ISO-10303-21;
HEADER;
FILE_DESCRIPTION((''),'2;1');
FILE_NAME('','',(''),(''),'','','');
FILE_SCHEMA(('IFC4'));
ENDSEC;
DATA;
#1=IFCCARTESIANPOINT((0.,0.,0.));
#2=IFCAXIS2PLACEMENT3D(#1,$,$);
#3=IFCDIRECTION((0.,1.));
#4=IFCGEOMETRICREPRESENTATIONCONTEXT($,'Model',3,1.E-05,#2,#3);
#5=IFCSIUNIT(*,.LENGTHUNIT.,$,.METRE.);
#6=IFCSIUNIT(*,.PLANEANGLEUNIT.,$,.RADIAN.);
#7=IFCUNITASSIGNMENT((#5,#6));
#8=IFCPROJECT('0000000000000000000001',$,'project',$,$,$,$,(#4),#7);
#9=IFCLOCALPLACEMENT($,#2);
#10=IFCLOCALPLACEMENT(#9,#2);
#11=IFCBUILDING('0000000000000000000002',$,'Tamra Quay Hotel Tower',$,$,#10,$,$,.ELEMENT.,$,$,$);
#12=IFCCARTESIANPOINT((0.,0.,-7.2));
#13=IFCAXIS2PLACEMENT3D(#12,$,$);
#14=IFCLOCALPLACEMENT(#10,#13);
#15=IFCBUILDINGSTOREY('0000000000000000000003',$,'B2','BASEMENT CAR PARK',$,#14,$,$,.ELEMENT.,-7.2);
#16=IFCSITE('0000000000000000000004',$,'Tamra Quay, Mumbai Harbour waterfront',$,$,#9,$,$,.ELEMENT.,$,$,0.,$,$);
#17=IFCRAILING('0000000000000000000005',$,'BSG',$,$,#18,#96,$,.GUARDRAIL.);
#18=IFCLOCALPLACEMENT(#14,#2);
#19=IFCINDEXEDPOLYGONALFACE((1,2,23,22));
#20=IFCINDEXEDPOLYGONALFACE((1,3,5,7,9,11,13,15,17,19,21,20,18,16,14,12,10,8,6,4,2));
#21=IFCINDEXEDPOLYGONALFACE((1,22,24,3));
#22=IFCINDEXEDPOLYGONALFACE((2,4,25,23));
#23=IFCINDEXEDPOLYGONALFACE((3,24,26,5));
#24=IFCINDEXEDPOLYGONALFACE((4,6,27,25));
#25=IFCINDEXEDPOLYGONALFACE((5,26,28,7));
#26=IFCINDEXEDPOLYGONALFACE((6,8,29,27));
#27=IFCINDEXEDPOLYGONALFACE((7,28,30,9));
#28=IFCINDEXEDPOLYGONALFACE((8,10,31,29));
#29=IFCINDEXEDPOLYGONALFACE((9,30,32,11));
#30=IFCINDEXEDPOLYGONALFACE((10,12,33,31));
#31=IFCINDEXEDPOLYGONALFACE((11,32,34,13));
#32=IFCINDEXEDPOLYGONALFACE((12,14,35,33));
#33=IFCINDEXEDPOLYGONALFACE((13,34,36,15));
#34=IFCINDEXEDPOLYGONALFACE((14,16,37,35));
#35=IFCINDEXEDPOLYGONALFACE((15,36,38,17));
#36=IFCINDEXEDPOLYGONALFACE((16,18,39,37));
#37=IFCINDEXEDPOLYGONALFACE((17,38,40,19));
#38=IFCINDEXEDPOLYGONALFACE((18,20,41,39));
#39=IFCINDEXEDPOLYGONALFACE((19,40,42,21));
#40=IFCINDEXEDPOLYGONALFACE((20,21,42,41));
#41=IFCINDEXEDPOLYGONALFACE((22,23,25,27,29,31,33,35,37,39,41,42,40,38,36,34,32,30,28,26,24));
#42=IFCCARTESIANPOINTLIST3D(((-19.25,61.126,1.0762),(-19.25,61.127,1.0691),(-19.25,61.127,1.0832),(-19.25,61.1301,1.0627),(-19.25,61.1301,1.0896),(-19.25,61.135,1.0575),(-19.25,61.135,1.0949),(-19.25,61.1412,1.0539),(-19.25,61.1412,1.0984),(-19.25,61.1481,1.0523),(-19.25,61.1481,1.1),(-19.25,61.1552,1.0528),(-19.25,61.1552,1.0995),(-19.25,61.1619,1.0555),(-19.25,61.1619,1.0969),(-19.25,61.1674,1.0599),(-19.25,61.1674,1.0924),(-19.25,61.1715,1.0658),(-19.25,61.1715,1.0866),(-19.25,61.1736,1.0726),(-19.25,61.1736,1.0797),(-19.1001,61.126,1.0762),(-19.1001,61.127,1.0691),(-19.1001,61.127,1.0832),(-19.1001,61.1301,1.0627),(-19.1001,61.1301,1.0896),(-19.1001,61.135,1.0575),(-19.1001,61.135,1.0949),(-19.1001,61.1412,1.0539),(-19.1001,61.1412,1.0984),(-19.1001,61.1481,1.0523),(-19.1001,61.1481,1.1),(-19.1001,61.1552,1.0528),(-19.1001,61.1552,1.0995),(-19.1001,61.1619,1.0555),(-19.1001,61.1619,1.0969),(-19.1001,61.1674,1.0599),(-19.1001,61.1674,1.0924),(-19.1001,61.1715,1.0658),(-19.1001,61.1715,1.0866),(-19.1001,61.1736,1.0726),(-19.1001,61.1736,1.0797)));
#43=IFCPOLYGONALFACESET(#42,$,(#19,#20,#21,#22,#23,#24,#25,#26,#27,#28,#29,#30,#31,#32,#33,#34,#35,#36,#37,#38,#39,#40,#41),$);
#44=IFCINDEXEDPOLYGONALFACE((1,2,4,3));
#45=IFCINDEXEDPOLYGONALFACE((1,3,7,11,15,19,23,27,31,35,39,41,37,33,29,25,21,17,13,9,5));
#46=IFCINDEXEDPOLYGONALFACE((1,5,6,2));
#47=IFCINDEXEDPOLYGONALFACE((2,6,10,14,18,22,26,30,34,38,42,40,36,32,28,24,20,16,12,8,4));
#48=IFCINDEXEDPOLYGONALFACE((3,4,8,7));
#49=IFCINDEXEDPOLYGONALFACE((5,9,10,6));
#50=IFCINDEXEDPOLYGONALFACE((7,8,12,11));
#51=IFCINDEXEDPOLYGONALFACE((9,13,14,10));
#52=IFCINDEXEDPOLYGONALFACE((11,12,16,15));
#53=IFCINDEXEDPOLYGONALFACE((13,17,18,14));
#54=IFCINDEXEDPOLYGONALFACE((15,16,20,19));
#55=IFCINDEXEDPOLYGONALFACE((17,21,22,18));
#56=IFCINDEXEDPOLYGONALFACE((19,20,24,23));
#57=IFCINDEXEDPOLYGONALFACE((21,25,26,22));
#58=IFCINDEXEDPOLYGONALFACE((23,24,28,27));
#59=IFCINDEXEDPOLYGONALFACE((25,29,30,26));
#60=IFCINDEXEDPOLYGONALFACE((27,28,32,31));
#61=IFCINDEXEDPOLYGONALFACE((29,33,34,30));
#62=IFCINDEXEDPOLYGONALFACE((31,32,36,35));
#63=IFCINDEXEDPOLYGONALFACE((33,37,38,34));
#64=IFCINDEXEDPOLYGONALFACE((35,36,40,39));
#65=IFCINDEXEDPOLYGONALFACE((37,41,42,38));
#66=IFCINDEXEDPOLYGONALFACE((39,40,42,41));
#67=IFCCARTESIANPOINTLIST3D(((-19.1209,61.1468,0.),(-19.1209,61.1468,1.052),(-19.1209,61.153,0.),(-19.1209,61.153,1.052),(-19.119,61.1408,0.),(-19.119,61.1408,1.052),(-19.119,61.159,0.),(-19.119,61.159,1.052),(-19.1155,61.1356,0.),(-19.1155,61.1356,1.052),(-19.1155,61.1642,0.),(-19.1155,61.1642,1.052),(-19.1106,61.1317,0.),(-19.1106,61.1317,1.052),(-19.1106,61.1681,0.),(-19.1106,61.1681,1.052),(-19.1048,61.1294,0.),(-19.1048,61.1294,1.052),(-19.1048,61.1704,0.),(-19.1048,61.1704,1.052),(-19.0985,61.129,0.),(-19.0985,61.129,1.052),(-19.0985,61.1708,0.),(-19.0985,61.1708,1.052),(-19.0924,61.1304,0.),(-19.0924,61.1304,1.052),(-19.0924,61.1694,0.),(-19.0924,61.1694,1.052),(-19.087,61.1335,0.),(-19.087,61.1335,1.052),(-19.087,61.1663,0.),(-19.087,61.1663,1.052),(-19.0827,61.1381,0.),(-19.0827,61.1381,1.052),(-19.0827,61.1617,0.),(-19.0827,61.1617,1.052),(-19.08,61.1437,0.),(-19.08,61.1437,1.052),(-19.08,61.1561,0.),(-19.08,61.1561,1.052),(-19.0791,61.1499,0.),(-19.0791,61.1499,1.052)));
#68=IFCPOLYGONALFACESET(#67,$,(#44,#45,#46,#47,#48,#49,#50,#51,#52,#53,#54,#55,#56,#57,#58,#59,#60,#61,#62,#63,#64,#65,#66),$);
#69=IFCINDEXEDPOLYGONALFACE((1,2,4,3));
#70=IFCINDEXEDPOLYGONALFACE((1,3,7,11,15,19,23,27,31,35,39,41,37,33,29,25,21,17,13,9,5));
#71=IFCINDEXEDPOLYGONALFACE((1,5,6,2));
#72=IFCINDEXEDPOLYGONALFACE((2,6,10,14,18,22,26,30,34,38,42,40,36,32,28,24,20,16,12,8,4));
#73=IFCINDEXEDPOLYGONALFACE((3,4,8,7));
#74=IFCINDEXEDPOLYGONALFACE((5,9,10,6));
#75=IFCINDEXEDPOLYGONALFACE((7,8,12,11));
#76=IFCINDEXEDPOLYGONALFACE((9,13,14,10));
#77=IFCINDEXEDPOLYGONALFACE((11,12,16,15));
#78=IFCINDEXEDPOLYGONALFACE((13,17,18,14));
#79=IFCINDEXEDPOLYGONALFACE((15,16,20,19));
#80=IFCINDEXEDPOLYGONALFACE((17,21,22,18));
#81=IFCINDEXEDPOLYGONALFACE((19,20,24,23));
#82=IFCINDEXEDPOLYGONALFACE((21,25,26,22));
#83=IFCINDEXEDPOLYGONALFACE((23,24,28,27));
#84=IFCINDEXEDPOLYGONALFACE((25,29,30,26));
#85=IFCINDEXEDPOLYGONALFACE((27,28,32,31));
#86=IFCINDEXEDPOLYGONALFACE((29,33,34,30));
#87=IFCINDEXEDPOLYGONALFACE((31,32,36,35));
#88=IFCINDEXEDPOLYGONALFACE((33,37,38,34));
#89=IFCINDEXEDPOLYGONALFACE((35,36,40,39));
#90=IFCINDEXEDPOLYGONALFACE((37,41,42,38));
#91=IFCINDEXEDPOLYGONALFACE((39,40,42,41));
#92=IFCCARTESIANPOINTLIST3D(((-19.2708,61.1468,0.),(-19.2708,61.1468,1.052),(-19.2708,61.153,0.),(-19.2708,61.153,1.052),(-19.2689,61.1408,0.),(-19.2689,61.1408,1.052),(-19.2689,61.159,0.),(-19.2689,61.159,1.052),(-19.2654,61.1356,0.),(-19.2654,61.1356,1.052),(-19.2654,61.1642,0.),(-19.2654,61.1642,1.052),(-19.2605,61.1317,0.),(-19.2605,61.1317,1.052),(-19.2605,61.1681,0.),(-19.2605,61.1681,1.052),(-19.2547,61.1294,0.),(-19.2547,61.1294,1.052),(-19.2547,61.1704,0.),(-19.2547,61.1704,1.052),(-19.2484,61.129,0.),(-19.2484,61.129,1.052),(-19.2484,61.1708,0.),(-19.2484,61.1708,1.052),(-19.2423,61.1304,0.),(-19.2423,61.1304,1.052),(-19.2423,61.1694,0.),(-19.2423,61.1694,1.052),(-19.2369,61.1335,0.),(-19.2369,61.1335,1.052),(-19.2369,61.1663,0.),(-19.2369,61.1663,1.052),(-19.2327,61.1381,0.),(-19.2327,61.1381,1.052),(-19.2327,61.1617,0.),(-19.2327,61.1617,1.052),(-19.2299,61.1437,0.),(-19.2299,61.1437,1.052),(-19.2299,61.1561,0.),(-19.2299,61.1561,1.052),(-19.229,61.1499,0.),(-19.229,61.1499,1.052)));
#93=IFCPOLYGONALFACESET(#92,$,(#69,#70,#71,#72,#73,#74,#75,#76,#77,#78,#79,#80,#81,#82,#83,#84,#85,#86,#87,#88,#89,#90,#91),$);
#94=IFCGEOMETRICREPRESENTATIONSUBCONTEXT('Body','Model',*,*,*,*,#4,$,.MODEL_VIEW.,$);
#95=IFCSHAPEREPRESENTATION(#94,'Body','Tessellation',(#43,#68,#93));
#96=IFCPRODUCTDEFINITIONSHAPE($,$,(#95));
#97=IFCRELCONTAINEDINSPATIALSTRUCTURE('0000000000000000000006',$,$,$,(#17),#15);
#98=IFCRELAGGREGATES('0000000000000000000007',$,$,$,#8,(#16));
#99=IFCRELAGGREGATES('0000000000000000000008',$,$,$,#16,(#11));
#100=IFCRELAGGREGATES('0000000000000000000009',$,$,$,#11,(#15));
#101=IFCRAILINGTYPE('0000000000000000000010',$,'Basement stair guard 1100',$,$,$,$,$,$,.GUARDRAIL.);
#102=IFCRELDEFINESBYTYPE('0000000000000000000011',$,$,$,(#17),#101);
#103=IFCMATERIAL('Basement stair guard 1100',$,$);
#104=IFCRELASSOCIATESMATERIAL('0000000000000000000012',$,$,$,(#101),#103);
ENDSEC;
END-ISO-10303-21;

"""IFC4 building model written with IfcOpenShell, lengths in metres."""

from ifc_helpers import new_model, si_unit, direction, frame, origin, origin_2d, place, context, subcontext, project, spatial, circle, extrude, material, type_object, element, save


model = new_model("IFC4")

# Units and contexts
model_context = context("Model", 3, precision=1e-05, world=origin(), true_north=direction((0.0, 1.0)))
body_context = subcontext(model_context, "Body", "Model", "MODEL_VIEW")
ifc_project = project(units=[si_unit("LENGTHUNIT", "METRE"), si_unit("PLANEANGLEUNIT", "RADIAN")], contexts=[model_context])

# Site, building, storey
site_placement = place(None, origin())
site = spatial("IfcSite", under=ifc_project, at=site_placement, Name="Tamra Quay, Mumbai Harbour waterfront", CompositionType="ELEMENT", RefElevation=0.0)
building_placement = place(site_placement, origin())
building = spatial("IfcBuilding", under=site, at=building_placement, Name="Tamra Quay Hotel Tower", CompositionType="ELEMENT")
storey_placement = place(building_placement, frame((0.0, 0.0, -7.2)))
storey = spatial("IfcBuildingStorey", under=building, at=storey_placement, Name="B2", Description="BASEMENT CAR PARK", CompositionType="ELEMENT", Elevation=-7.2)

# Railing
ifc_material_1 = material(Name="Basement stair guard 1100")
railing_type_1 = type_object("IfcRailingType", Name="Basement stair guard 1100", PredefinedType="GUARDRAIL", material=ifc_material_1)
railing_1_placement = place(storey_placement, frame((-19.1001, 61.1499, 0.0)))
element("IfcRailing", 1, at=railing_1_placement, inside=storey, type_object=railing_type_1, Name="BSG", PredefinedType="GUARDRAIL", context=body_context, shape_type="SweptSolid", body=[
    extrude(circle(Radius=0.0239, at=origin_2d()), frame((0.0, 0.0, 1.0762), z_axis=(-1.0, 0.0, 0.0), x_axis=(0.0, -1.0, 0.0)), (0.0, 0.0, 1.0), 0.1499),
    extrude(circle(Radius=0.021, at=origin_2d()), origin(), (0.0, 0.0, 1.0), 1.052),
    extrude(circle(Radius=0.021, at=origin_2d()), frame((-0.1499, 0.0, 0.0)), (0.0, 0.0, 1.0), 1.052),
])

save(model, "model.ifc")
